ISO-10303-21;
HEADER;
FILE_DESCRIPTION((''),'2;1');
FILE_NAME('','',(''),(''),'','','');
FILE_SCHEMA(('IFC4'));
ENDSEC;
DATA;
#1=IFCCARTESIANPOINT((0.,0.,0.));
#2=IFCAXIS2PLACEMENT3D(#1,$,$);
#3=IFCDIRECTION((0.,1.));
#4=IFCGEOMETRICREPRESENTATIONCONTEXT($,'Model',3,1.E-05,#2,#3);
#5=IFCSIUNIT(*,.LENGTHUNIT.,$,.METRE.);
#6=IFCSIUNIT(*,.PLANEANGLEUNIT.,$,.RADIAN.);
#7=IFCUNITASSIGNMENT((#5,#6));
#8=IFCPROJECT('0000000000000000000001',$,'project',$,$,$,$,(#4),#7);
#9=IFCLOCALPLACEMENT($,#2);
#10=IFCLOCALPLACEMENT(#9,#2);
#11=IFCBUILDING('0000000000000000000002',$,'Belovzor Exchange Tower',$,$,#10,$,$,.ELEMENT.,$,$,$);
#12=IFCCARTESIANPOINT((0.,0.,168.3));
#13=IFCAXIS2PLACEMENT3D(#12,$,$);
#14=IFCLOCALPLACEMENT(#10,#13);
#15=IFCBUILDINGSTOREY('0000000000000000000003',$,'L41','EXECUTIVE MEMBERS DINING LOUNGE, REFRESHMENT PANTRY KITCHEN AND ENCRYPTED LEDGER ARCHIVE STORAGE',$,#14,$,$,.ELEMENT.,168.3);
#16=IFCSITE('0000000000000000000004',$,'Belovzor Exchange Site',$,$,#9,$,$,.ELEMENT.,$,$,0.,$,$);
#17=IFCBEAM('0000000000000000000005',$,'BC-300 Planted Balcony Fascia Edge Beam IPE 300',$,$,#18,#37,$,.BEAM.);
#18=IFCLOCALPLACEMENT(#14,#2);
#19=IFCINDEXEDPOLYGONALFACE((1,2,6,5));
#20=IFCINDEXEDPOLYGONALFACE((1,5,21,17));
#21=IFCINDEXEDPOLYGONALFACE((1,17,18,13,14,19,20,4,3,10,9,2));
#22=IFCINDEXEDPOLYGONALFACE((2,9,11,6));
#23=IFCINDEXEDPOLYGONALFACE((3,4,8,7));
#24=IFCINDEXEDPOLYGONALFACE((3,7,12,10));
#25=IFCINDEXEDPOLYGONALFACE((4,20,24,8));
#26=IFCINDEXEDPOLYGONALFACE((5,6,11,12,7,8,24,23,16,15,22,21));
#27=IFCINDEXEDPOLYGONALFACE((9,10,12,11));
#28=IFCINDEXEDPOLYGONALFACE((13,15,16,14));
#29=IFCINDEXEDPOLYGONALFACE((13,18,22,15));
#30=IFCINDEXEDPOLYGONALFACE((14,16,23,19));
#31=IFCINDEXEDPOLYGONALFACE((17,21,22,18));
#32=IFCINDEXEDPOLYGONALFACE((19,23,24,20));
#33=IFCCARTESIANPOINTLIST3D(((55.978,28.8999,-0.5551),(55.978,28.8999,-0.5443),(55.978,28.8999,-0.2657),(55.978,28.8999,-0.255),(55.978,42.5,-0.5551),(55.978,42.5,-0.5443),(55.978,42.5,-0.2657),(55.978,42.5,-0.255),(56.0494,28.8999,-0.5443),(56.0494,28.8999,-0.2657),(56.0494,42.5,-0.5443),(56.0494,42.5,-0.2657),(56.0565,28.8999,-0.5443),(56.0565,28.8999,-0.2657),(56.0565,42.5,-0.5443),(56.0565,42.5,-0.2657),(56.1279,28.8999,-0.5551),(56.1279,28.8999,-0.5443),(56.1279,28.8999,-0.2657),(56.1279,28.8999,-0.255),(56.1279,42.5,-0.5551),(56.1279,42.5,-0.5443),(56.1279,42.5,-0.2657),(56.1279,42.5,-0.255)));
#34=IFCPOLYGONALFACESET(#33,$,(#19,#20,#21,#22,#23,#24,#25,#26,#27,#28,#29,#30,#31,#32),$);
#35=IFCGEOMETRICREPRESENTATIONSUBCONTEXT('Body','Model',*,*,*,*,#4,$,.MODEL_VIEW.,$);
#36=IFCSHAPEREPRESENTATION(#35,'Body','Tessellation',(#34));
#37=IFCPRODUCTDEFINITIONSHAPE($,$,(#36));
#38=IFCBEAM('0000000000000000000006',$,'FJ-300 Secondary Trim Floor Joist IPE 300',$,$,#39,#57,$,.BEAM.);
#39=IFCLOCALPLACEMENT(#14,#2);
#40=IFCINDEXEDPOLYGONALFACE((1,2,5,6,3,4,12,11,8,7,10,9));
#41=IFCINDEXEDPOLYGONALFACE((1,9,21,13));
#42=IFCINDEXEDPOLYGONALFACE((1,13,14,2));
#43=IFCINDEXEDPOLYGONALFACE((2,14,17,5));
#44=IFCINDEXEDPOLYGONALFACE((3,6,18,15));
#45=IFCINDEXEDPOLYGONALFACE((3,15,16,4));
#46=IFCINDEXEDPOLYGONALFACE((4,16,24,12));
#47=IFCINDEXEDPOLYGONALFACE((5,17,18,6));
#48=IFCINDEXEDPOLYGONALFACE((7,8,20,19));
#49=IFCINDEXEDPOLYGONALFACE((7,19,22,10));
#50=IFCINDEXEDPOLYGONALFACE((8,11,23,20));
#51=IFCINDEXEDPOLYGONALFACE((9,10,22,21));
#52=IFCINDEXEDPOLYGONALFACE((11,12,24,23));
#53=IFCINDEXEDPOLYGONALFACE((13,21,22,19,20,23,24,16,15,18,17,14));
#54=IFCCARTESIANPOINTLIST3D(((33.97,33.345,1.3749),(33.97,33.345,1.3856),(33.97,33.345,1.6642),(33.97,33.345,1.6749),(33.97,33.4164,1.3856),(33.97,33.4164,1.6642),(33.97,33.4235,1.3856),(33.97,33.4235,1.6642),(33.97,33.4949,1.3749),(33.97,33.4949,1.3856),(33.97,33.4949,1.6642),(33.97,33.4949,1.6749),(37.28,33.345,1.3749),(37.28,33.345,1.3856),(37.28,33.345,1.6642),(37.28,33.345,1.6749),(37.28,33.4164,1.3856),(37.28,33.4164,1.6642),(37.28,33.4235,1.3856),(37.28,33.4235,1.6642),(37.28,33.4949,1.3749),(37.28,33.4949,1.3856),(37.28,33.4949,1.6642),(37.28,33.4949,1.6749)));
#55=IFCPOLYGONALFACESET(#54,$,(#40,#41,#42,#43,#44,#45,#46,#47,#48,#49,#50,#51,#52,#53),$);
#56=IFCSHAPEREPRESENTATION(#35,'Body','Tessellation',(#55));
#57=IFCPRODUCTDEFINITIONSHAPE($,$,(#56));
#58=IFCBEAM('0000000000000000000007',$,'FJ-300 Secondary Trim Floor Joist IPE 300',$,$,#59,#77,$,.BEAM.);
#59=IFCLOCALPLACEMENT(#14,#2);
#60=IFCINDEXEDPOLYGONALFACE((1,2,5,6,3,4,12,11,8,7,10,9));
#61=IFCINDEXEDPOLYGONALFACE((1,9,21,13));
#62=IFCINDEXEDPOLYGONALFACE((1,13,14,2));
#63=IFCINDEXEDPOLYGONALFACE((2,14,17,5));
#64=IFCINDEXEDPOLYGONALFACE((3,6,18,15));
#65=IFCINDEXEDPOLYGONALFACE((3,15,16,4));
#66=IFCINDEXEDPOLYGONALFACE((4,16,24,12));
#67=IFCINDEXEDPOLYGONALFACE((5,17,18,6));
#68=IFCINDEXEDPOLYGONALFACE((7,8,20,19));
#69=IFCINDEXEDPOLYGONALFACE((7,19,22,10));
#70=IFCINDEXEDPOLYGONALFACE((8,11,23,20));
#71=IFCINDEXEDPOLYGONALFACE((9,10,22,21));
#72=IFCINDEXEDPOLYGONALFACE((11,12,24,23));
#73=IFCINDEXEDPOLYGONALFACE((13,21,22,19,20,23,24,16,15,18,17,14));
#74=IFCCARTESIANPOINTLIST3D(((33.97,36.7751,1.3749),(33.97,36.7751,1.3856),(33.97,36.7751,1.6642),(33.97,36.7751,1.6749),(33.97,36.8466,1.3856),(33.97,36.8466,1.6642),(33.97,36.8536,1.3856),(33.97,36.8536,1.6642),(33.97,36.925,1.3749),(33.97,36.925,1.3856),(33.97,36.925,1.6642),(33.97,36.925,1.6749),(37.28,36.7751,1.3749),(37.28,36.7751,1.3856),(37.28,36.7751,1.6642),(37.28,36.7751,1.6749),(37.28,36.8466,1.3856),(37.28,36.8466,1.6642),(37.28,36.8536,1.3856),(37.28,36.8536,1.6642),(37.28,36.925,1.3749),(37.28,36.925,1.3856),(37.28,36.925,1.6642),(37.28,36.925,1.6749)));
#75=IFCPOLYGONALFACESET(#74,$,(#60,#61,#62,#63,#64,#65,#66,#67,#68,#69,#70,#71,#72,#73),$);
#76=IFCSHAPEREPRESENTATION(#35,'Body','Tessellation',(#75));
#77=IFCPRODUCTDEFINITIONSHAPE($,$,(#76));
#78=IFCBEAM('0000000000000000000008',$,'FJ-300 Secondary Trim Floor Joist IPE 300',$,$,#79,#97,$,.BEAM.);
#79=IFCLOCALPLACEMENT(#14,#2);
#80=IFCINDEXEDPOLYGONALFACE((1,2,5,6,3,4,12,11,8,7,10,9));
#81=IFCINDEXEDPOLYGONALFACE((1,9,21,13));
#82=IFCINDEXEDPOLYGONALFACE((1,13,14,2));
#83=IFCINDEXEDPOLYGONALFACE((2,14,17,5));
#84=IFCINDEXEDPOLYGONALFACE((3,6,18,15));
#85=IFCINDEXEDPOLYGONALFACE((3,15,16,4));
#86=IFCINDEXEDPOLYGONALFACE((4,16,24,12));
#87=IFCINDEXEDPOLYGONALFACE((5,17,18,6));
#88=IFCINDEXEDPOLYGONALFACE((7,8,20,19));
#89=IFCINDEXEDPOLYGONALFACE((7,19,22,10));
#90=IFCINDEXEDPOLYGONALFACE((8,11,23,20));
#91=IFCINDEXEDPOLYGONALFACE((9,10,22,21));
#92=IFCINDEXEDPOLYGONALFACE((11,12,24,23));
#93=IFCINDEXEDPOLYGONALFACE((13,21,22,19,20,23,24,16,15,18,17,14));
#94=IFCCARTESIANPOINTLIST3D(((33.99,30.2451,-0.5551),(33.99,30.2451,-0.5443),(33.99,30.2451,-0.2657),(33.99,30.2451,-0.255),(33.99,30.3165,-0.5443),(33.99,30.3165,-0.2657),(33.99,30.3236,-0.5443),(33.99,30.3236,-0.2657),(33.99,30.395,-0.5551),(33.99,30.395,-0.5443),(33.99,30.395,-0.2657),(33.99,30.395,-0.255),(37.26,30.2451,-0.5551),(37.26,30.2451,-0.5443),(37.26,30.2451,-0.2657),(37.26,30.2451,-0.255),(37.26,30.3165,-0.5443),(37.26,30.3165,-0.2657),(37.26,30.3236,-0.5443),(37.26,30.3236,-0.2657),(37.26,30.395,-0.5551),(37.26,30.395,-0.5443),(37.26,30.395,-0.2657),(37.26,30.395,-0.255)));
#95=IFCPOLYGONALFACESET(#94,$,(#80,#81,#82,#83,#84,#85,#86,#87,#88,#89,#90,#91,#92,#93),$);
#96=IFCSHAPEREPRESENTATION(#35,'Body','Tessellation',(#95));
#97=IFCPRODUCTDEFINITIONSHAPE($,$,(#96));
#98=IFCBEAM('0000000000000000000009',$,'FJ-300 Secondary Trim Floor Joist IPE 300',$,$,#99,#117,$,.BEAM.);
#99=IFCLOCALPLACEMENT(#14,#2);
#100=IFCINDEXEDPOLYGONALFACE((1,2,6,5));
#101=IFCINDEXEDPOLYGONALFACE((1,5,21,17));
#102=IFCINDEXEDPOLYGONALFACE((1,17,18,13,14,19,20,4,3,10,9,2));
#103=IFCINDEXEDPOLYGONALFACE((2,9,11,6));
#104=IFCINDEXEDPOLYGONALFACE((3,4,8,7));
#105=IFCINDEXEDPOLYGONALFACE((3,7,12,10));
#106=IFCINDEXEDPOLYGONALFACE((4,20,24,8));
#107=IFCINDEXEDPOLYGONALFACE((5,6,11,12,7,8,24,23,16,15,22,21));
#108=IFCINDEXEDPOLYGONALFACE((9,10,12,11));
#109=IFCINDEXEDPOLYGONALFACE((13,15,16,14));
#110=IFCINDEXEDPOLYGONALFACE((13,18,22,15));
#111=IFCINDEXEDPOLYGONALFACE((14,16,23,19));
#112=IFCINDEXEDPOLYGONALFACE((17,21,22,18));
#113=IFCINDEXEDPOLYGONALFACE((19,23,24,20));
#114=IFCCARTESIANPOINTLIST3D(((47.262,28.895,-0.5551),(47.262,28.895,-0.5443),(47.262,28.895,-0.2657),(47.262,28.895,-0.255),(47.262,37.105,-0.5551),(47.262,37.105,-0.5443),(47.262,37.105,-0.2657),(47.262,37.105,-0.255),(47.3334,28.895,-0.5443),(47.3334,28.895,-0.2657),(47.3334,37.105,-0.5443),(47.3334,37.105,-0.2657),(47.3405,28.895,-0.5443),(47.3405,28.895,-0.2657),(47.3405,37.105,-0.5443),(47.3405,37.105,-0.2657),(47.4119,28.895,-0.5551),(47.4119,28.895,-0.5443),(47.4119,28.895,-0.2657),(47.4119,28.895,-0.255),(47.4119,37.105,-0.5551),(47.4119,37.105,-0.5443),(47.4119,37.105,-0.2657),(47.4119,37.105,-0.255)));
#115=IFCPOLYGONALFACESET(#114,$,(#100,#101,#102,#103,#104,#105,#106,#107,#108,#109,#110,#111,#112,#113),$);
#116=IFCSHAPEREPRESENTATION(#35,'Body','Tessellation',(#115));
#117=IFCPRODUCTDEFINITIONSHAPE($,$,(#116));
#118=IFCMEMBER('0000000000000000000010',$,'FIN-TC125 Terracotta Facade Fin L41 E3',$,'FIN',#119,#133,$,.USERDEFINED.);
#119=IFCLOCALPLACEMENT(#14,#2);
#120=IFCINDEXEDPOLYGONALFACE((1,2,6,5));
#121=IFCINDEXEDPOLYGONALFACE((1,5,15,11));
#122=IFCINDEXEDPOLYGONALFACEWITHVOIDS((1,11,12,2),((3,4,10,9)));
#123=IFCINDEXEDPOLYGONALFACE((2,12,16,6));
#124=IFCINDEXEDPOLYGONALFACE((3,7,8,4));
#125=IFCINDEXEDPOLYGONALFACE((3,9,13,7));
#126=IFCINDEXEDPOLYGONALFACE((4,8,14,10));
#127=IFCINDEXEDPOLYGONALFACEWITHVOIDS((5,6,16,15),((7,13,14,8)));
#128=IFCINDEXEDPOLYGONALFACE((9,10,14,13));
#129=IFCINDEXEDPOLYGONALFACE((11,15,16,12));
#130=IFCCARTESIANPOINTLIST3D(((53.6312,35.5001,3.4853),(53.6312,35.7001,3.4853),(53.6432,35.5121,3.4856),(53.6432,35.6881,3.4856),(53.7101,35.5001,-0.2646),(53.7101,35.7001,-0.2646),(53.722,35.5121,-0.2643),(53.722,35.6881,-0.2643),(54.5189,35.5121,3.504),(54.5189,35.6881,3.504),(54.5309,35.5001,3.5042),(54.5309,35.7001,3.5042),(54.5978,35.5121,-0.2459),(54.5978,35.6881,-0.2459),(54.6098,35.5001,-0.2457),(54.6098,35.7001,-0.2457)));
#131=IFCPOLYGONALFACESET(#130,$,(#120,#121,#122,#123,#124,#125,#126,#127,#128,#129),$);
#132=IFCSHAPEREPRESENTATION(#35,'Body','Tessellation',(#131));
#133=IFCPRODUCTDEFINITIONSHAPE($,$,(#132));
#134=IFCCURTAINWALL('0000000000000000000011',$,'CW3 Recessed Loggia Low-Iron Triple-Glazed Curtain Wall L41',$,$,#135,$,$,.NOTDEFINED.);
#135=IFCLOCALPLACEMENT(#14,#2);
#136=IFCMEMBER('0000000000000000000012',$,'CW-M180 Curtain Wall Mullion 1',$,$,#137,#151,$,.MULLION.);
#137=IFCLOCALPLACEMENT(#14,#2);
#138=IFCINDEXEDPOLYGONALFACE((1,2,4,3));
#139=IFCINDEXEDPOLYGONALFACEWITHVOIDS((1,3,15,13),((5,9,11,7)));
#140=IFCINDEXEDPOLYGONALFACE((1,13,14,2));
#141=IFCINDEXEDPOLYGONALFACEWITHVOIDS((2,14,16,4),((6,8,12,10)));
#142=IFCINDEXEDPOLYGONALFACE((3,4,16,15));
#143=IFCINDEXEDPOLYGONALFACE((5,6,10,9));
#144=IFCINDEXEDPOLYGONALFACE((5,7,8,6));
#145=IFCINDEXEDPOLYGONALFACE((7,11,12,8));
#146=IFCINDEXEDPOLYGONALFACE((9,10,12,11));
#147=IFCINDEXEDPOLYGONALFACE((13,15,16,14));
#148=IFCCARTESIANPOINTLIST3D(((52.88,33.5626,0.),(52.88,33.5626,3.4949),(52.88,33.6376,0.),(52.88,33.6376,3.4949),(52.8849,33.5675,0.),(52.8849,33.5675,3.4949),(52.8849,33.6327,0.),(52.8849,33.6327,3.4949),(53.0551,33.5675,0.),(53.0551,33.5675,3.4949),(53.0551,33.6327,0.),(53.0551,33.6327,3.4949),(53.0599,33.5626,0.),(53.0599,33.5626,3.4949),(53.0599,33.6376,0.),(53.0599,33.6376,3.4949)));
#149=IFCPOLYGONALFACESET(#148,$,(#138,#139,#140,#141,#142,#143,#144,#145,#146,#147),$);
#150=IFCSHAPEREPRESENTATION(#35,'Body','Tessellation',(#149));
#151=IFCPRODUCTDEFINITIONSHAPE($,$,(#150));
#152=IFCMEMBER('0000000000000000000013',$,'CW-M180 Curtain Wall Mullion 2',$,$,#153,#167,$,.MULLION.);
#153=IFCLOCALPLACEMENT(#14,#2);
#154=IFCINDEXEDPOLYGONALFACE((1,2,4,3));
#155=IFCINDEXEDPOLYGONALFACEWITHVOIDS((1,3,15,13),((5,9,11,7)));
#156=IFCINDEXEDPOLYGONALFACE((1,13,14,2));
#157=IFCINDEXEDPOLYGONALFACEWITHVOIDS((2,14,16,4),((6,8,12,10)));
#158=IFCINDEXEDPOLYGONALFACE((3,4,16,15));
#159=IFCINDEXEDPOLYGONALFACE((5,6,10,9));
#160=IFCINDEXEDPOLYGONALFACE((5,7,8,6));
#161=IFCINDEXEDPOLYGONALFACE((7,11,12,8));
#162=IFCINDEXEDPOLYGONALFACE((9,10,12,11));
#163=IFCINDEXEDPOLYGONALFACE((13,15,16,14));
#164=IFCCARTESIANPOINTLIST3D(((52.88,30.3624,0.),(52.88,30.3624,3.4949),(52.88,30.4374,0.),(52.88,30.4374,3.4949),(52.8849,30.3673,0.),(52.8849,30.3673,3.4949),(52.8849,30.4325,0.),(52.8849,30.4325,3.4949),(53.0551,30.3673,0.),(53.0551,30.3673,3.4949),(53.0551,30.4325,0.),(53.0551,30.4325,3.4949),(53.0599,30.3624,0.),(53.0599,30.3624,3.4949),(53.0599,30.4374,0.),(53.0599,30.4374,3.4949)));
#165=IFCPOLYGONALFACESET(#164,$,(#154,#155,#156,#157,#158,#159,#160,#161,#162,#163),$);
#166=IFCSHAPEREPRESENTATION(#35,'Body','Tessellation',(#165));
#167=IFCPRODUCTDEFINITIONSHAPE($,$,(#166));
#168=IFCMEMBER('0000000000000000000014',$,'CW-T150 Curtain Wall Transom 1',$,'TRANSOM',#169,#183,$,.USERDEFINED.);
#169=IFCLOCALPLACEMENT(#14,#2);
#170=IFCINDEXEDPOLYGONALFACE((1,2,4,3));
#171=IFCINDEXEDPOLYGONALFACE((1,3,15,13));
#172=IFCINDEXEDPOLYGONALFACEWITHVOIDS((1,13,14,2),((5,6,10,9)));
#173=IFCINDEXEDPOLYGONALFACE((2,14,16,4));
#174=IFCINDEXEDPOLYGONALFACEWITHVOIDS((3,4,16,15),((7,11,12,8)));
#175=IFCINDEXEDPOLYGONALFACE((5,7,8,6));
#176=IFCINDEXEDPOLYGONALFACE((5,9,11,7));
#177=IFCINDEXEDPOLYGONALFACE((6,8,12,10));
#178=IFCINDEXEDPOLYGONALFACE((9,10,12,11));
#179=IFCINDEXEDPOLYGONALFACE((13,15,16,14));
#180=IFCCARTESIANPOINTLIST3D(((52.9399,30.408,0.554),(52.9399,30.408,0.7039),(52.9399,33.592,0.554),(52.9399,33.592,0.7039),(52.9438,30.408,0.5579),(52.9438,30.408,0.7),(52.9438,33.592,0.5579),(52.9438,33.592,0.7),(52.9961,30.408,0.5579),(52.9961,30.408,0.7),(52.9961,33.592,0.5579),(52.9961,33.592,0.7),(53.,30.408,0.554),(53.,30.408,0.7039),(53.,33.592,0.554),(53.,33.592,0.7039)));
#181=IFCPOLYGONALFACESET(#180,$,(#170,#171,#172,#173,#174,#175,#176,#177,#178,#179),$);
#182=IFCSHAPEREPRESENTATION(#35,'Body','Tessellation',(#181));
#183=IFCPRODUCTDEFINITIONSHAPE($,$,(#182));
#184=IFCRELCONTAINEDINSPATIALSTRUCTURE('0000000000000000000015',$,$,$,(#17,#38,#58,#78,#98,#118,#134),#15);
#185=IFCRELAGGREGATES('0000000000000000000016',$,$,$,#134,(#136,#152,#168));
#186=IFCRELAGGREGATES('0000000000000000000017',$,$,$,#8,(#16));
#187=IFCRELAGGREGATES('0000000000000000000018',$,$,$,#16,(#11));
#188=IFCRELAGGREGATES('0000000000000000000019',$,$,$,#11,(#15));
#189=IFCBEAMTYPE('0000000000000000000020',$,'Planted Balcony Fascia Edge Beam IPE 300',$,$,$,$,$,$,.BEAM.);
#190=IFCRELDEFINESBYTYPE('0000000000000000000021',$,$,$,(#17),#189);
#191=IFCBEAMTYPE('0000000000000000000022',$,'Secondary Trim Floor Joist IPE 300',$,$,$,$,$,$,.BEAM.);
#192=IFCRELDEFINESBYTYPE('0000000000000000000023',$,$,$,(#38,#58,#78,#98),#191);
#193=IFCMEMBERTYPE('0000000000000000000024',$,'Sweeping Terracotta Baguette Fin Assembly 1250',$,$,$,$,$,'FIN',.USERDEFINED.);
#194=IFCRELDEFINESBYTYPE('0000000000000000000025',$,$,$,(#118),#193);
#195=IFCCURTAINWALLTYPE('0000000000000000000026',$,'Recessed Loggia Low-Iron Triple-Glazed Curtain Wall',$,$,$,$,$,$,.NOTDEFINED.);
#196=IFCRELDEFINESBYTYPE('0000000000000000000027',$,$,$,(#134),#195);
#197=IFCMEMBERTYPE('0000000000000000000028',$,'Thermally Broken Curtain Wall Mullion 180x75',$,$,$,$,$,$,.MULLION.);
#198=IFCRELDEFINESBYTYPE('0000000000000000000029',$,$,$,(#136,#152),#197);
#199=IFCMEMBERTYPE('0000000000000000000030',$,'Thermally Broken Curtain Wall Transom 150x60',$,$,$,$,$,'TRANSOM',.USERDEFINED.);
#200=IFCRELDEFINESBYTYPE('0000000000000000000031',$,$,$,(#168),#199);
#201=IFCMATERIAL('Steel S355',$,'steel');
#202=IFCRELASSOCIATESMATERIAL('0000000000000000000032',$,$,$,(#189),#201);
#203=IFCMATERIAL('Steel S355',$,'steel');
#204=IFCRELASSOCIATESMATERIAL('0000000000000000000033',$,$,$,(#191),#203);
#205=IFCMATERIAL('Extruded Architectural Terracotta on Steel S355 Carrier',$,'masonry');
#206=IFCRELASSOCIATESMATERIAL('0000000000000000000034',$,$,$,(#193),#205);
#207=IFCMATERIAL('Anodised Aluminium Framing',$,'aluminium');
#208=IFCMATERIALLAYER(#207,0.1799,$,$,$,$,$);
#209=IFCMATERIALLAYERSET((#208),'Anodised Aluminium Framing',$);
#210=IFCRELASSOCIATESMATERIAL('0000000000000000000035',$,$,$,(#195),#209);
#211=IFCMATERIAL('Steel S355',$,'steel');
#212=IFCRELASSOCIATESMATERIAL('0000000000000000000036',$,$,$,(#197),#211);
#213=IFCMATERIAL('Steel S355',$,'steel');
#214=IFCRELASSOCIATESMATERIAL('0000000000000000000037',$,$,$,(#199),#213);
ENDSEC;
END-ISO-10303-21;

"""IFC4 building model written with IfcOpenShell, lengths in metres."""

from ifc_helpers import new_model, si_unit, direction, frame, origin, origin_2d, place, context, subcontext, project, spatial, hollow_rectangle, i_section, extrude, material, layer, layer_set, material_profile, profile_set, type_object, element, aggregate, save


model = new_model("IFC4")

# Units and contexts
model_context = context("Model", 3, precision=1e-05, world=origin(), true_north=direction((0.0, 1.0)))
body_context = subcontext(model_context, "Body", "Model", "MODEL_VIEW")
ifc_project = project(units=[si_unit("LENGTHUNIT", "METRE"), si_unit("PLANEANGLEUNIT", "RADIAN")], contexts=[model_context])

# Site, building, storey
site_placement = place(None, origin())
site = spatial("IfcSite", under=ifc_project, at=site_placement, Name="Belovzor Exchange Site", CompositionType="ELEMENT", RefElevation=0.0)
building_placement = place(site_placement, origin())
building = spatial("IfcBuilding", under=site, at=building_placement, Name="Belovzor Exchange Tower", CompositionType="ELEMENT")
storey_placement = place(building_placement, frame((0.0, 0.0, 168.3)))
storey = spatial("IfcBuildingStorey", under=building, at=storey_placement, Name="L41", Description="EXECUTIVE MEMBERS DINING LOUNGE, REFRESHMENT PANTRY KITCHEN AND ENCRYPTED LEDGER ARCHIVE STORAGE", CompositionType="ELEMENT", Elevation=168.3)

# Beams
ifc_material_1 = material(Name="Steel S355", Category="steel")
ifc_material_profile_1 = material_profile(ifc_material_1, i_section(OverallWidth=0.1499, OverallDepth=0.3, WebThickness=0.0071, FlangeThickness=0.0107, at=origin_2d()))
ifc_profile_set_1 = profile_set([ifc_material_profile_1], Name="Steel S355")
beam_type_1 = type_object("IfcBeamType", Name="Planted Balcony Fascia Edge Beam IPE 300", PredefinedType="BEAM", material=ifc_profile_set_1)
beam_1_placement = place(storey_placement, frame((56.053, 28.8999, -0.405), z_axis=(0.0, 1.0, 0.0), x_axis=(-1.0, 0.0, 0.0)))
element("IfcBeam", 1, at=beam_1_placement, inside=storey, type_object=beam_type_1, Name="BC-300 Planted Balcony Fascia Edge Beam IPE 300", PredefinedType="BEAM", context=body_context, shape_type="SweptSolid", body=[
    extrude(i_section(OverallWidth=0.1499, OverallDepth=0.3, WebThickness=0.0071, FlangeThickness=0.0107, at=origin_2d()), origin(), (0.0, 0.0, 1.0), 13.6001),
])
ifc_material_2 = material(Name="Steel S355", Category="steel")
ifc_material_profile_2 = material_profile(ifc_material_2, i_section(OverallWidth=0.1499, OverallDepth=0.3, WebThickness=0.0071, FlangeThickness=0.0107, at=origin_2d()))
ifc_profile_set_2 = profile_set([ifc_material_profile_2], Name="Steel S355")
beam_type_2 = type_object("IfcBeamType", Name="Secondary Trim Floor Joist IPE 300", PredefinedType="BEAM", material=ifc_profile_set_2)
for number, where, z_axis, x_axis, name in (
    (2, (37.28, 33.4199, 1.5249), (-1.0, 0.0, 0.0), (0.0, -1.0, 0.0), "FJ-300 Secondary Trim Floor Joist IPE 300"),
    (3, (37.28, 36.8501, 1.5249), (-1.0, 0.0, 0.0), (0.0, -1.0, 0.0), "FJ-300 Secondary Trim Floor Joist IPE 300"),
):
    element("IfcBeam", number, at=place(storey_placement, frame(where, z_axis=z_axis, x_axis=x_axis)), inside=storey, type_object=beam_type_2, Name=name, PredefinedType="BEAM", context=body_context, shape_type="SweptSolid", body=[
        extrude(i_section(OverallWidth=0.1499, OverallDepth=0.3, WebThickness=0.0071, FlangeThickness=0.0107, at=origin_2d()), origin(), (0.0, 0.0, 1.0), 3.3101),
    ])
beam_2_placement = place(storey_placement, frame((37.26, 30.3201, -0.405), z_axis=(-1.0, 0.0, 0.0), x_axis=(0.0, -1.0, 0.0)))
element("IfcBeam", 4, at=beam_2_placement, inside=storey, type_object=beam_type_2, Name="FJ-300 Secondary Trim Floor Joist IPE 300", PredefinedType="BEAM", context=body_context, shape_type="SweptSolid", body=[
    extrude(i_section(OverallWidth=0.1499, OverallDepth=0.3, WebThickness=0.0071, FlangeThickness=0.0107, at=origin_2d()), origin(), (0.0, 0.0, 1.0), 3.27),
])
beam_3_placement = place(storey_placement, frame((47.3369, 28.895, -0.405), z_axis=(0.0, 1.0, 0.0), x_axis=(-1.0, 0.0, 0.0)))
element("IfcBeam", 5, at=beam_3_placement, inside=storey, type_object=beam_type_2, Name="FJ-300 Secondary Trim Floor Joist IPE 300", PredefinedType="BEAM", context=body_context, shape_type="SweptSolid", body=[
    extrude(i_section(OverallWidth=0.1499, OverallDepth=0.3, WebThickness=0.0071, FlangeThickness=0.0107, at=origin_2d()), origin(), (0.0, 0.0, 1.0), 8.21),
])

# Member
ifc_material_3 = material(Name="Extruded Architectural Terracotta on Steel S355 Carrier", Category="masonry")
ifc_material_profile_3 = material_profile(ifc_material_3, hollow_rectangle(XDim=0.2, YDim=0.8999, WallThickness=0.012, at=origin_2d()))
ifc_profile_set_3 = profile_set([ifc_material_profile_3], Name="Extruded Architectural Terracotta on Steel S355 Carrier")
member_type_1 = type_object("IfcMemberType", Name="Sweeping Terracotta Baguette Fin Assembly 1250", ElementType="FIN", PredefinedType="USERDEFINED", material=ifc_profile_set_3)
member_1_placement = place(storey_placement, frame((54.1599, 35.6001, -0.2551), z_axis=(-0.021024, 0.0, 0.999779), x_axis=(0.0, -1.0, 0.0)))
element("IfcMember", 6, at=member_1_placement, inside=storey, type_object=member_type_1, Name="FIN-TC125 Terracotta Facade Fin L41 E3", ObjectType="FIN", PredefinedType="USERDEFINED", context=body_context, shape_type="SweptSolid", body=[
    extrude(hollow_rectangle(XDim=0.2, YDim=0.8999, WallThickness=0.012, at=origin_2d()), origin(), (0.0, 0.0, 1.0), 3.7507),
])

# Curtain wall, members
ifc_material_4 = material(Name="Anodised Aluminium Framing", Category="aluminium")
ifc_layer_1 = layer(ifc_material_4, 0.1799)
ifc_layer_set_1 = layer_set([ifc_layer_1], Name="Anodised Aluminium Framing")
curtain_wall_type = type_object("IfcCurtainWallType", Name="Recessed Loggia Low-Iron Triple-Glazed Curtain Wall", PredefinedType="NOTDEFINED", material=ifc_layer_set_1)
curtain_wall_placement = place(storey_placement, origin())
curtain_wall = element("IfcCurtainWall", 7, at=curtain_wall_placement, inside=storey, type_object=curtain_wall_type, Name="CW3 Recessed Loggia Low-Iron Triple-Glazed Curtain Wall L41", PredefinedType="NOTDEFINED")
ifc_material_5 = material(Name="Steel S355", Category="steel")
ifc_material_profile_4 = material_profile(ifc_material_5, hollow_rectangle(XDim=0.075, YDim=0.1799, WallThickness=0.0049, at=origin_2d()))
ifc_profile_set_4 = profile_set([ifc_material_profile_4], Name="Steel S355")
member_type_2 = type_object("IfcMemberType", Name="Thermally Broken Curtain Wall Mullion 180x75", PredefinedType="MULLION", material=ifc_profile_set_4)
member_2_placement = place(storey_placement, frame((52.97, 33.6001, 0.0), z_axis=(0.0, 0.0, 1.0), x_axis=(0.0, -1.0, 0.0)))
member_2 = element("IfcMember", 8, at=member_2_placement, type_object=member_type_2, Name="CW-M180 Curtain Wall Mullion 1", PredefinedType="MULLION", context=body_context, shape_type="SweptSolid", body=[
    extrude(hollow_rectangle(XDim=0.075, YDim=0.1799, WallThickness=0.0049, at=origin_2d()), origin(), (0.0, 0.0, 1.0), 3.4949),
])
member_3_placement = place(storey_placement, frame((52.97, 30.3999, 0.0), z_axis=(0.0, 0.0, 1.0), x_axis=(0.0, -1.0, 0.0)))
member_3 = element("IfcMember", 9, at=member_3_placement, type_object=member_type_2, Name="CW-M180 Curtain Wall Mullion 2", PredefinedType="MULLION", context=body_context, shape_type="SweptSolid", body=[
    extrude(hollow_rectangle(XDim=0.075, YDim=0.1799, WallThickness=0.0049, at=origin_2d()), origin(), (0.0, 0.0, 1.0), 3.4949),
])
ifc_material_6 = material(Name="Steel S355", Category="steel")
ifc_material_profile_5 = material_profile(ifc_material_6, hollow_rectangle(XDim=0.0601, YDim=0.1499, WallThickness=0.0039, at=origin_2d()))
ifc_profile_set_5 = profile_set([ifc_material_profile_5], Name="Steel S355")
member_type_3 = type_object("IfcMemberType", Name="Thermally Broken Curtain Wall Transom 150x60", ElementType="TRANSOM", PredefinedType="USERDEFINED", material=ifc_profile_set_5)
member_4_placement = place(storey_placement, frame((52.97, 33.592, 0.6289), z_axis=(0.0, -1.0, 0.0), x_axis=(1.0, 0.0, 0.0)))
member_4 = element("IfcMember", 10, at=member_4_placement, type_object=member_type_3, Name="CW-T150 Curtain Wall Transom 1", ObjectType="TRANSOM", PredefinedType="USERDEFINED", context=body_context, shape_type="SweptSolid", body=[
    extrude(hollow_rectangle(XDim=0.0601, YDim=0.1499, WallThickness=0.0039, at=origin_2d()), origin(), (0.0, 0.0, 1.0), 3.1841),
])

aggregate(curtain_wall, [member_2, member_3, member_4])

save(model, "model.ifc")
